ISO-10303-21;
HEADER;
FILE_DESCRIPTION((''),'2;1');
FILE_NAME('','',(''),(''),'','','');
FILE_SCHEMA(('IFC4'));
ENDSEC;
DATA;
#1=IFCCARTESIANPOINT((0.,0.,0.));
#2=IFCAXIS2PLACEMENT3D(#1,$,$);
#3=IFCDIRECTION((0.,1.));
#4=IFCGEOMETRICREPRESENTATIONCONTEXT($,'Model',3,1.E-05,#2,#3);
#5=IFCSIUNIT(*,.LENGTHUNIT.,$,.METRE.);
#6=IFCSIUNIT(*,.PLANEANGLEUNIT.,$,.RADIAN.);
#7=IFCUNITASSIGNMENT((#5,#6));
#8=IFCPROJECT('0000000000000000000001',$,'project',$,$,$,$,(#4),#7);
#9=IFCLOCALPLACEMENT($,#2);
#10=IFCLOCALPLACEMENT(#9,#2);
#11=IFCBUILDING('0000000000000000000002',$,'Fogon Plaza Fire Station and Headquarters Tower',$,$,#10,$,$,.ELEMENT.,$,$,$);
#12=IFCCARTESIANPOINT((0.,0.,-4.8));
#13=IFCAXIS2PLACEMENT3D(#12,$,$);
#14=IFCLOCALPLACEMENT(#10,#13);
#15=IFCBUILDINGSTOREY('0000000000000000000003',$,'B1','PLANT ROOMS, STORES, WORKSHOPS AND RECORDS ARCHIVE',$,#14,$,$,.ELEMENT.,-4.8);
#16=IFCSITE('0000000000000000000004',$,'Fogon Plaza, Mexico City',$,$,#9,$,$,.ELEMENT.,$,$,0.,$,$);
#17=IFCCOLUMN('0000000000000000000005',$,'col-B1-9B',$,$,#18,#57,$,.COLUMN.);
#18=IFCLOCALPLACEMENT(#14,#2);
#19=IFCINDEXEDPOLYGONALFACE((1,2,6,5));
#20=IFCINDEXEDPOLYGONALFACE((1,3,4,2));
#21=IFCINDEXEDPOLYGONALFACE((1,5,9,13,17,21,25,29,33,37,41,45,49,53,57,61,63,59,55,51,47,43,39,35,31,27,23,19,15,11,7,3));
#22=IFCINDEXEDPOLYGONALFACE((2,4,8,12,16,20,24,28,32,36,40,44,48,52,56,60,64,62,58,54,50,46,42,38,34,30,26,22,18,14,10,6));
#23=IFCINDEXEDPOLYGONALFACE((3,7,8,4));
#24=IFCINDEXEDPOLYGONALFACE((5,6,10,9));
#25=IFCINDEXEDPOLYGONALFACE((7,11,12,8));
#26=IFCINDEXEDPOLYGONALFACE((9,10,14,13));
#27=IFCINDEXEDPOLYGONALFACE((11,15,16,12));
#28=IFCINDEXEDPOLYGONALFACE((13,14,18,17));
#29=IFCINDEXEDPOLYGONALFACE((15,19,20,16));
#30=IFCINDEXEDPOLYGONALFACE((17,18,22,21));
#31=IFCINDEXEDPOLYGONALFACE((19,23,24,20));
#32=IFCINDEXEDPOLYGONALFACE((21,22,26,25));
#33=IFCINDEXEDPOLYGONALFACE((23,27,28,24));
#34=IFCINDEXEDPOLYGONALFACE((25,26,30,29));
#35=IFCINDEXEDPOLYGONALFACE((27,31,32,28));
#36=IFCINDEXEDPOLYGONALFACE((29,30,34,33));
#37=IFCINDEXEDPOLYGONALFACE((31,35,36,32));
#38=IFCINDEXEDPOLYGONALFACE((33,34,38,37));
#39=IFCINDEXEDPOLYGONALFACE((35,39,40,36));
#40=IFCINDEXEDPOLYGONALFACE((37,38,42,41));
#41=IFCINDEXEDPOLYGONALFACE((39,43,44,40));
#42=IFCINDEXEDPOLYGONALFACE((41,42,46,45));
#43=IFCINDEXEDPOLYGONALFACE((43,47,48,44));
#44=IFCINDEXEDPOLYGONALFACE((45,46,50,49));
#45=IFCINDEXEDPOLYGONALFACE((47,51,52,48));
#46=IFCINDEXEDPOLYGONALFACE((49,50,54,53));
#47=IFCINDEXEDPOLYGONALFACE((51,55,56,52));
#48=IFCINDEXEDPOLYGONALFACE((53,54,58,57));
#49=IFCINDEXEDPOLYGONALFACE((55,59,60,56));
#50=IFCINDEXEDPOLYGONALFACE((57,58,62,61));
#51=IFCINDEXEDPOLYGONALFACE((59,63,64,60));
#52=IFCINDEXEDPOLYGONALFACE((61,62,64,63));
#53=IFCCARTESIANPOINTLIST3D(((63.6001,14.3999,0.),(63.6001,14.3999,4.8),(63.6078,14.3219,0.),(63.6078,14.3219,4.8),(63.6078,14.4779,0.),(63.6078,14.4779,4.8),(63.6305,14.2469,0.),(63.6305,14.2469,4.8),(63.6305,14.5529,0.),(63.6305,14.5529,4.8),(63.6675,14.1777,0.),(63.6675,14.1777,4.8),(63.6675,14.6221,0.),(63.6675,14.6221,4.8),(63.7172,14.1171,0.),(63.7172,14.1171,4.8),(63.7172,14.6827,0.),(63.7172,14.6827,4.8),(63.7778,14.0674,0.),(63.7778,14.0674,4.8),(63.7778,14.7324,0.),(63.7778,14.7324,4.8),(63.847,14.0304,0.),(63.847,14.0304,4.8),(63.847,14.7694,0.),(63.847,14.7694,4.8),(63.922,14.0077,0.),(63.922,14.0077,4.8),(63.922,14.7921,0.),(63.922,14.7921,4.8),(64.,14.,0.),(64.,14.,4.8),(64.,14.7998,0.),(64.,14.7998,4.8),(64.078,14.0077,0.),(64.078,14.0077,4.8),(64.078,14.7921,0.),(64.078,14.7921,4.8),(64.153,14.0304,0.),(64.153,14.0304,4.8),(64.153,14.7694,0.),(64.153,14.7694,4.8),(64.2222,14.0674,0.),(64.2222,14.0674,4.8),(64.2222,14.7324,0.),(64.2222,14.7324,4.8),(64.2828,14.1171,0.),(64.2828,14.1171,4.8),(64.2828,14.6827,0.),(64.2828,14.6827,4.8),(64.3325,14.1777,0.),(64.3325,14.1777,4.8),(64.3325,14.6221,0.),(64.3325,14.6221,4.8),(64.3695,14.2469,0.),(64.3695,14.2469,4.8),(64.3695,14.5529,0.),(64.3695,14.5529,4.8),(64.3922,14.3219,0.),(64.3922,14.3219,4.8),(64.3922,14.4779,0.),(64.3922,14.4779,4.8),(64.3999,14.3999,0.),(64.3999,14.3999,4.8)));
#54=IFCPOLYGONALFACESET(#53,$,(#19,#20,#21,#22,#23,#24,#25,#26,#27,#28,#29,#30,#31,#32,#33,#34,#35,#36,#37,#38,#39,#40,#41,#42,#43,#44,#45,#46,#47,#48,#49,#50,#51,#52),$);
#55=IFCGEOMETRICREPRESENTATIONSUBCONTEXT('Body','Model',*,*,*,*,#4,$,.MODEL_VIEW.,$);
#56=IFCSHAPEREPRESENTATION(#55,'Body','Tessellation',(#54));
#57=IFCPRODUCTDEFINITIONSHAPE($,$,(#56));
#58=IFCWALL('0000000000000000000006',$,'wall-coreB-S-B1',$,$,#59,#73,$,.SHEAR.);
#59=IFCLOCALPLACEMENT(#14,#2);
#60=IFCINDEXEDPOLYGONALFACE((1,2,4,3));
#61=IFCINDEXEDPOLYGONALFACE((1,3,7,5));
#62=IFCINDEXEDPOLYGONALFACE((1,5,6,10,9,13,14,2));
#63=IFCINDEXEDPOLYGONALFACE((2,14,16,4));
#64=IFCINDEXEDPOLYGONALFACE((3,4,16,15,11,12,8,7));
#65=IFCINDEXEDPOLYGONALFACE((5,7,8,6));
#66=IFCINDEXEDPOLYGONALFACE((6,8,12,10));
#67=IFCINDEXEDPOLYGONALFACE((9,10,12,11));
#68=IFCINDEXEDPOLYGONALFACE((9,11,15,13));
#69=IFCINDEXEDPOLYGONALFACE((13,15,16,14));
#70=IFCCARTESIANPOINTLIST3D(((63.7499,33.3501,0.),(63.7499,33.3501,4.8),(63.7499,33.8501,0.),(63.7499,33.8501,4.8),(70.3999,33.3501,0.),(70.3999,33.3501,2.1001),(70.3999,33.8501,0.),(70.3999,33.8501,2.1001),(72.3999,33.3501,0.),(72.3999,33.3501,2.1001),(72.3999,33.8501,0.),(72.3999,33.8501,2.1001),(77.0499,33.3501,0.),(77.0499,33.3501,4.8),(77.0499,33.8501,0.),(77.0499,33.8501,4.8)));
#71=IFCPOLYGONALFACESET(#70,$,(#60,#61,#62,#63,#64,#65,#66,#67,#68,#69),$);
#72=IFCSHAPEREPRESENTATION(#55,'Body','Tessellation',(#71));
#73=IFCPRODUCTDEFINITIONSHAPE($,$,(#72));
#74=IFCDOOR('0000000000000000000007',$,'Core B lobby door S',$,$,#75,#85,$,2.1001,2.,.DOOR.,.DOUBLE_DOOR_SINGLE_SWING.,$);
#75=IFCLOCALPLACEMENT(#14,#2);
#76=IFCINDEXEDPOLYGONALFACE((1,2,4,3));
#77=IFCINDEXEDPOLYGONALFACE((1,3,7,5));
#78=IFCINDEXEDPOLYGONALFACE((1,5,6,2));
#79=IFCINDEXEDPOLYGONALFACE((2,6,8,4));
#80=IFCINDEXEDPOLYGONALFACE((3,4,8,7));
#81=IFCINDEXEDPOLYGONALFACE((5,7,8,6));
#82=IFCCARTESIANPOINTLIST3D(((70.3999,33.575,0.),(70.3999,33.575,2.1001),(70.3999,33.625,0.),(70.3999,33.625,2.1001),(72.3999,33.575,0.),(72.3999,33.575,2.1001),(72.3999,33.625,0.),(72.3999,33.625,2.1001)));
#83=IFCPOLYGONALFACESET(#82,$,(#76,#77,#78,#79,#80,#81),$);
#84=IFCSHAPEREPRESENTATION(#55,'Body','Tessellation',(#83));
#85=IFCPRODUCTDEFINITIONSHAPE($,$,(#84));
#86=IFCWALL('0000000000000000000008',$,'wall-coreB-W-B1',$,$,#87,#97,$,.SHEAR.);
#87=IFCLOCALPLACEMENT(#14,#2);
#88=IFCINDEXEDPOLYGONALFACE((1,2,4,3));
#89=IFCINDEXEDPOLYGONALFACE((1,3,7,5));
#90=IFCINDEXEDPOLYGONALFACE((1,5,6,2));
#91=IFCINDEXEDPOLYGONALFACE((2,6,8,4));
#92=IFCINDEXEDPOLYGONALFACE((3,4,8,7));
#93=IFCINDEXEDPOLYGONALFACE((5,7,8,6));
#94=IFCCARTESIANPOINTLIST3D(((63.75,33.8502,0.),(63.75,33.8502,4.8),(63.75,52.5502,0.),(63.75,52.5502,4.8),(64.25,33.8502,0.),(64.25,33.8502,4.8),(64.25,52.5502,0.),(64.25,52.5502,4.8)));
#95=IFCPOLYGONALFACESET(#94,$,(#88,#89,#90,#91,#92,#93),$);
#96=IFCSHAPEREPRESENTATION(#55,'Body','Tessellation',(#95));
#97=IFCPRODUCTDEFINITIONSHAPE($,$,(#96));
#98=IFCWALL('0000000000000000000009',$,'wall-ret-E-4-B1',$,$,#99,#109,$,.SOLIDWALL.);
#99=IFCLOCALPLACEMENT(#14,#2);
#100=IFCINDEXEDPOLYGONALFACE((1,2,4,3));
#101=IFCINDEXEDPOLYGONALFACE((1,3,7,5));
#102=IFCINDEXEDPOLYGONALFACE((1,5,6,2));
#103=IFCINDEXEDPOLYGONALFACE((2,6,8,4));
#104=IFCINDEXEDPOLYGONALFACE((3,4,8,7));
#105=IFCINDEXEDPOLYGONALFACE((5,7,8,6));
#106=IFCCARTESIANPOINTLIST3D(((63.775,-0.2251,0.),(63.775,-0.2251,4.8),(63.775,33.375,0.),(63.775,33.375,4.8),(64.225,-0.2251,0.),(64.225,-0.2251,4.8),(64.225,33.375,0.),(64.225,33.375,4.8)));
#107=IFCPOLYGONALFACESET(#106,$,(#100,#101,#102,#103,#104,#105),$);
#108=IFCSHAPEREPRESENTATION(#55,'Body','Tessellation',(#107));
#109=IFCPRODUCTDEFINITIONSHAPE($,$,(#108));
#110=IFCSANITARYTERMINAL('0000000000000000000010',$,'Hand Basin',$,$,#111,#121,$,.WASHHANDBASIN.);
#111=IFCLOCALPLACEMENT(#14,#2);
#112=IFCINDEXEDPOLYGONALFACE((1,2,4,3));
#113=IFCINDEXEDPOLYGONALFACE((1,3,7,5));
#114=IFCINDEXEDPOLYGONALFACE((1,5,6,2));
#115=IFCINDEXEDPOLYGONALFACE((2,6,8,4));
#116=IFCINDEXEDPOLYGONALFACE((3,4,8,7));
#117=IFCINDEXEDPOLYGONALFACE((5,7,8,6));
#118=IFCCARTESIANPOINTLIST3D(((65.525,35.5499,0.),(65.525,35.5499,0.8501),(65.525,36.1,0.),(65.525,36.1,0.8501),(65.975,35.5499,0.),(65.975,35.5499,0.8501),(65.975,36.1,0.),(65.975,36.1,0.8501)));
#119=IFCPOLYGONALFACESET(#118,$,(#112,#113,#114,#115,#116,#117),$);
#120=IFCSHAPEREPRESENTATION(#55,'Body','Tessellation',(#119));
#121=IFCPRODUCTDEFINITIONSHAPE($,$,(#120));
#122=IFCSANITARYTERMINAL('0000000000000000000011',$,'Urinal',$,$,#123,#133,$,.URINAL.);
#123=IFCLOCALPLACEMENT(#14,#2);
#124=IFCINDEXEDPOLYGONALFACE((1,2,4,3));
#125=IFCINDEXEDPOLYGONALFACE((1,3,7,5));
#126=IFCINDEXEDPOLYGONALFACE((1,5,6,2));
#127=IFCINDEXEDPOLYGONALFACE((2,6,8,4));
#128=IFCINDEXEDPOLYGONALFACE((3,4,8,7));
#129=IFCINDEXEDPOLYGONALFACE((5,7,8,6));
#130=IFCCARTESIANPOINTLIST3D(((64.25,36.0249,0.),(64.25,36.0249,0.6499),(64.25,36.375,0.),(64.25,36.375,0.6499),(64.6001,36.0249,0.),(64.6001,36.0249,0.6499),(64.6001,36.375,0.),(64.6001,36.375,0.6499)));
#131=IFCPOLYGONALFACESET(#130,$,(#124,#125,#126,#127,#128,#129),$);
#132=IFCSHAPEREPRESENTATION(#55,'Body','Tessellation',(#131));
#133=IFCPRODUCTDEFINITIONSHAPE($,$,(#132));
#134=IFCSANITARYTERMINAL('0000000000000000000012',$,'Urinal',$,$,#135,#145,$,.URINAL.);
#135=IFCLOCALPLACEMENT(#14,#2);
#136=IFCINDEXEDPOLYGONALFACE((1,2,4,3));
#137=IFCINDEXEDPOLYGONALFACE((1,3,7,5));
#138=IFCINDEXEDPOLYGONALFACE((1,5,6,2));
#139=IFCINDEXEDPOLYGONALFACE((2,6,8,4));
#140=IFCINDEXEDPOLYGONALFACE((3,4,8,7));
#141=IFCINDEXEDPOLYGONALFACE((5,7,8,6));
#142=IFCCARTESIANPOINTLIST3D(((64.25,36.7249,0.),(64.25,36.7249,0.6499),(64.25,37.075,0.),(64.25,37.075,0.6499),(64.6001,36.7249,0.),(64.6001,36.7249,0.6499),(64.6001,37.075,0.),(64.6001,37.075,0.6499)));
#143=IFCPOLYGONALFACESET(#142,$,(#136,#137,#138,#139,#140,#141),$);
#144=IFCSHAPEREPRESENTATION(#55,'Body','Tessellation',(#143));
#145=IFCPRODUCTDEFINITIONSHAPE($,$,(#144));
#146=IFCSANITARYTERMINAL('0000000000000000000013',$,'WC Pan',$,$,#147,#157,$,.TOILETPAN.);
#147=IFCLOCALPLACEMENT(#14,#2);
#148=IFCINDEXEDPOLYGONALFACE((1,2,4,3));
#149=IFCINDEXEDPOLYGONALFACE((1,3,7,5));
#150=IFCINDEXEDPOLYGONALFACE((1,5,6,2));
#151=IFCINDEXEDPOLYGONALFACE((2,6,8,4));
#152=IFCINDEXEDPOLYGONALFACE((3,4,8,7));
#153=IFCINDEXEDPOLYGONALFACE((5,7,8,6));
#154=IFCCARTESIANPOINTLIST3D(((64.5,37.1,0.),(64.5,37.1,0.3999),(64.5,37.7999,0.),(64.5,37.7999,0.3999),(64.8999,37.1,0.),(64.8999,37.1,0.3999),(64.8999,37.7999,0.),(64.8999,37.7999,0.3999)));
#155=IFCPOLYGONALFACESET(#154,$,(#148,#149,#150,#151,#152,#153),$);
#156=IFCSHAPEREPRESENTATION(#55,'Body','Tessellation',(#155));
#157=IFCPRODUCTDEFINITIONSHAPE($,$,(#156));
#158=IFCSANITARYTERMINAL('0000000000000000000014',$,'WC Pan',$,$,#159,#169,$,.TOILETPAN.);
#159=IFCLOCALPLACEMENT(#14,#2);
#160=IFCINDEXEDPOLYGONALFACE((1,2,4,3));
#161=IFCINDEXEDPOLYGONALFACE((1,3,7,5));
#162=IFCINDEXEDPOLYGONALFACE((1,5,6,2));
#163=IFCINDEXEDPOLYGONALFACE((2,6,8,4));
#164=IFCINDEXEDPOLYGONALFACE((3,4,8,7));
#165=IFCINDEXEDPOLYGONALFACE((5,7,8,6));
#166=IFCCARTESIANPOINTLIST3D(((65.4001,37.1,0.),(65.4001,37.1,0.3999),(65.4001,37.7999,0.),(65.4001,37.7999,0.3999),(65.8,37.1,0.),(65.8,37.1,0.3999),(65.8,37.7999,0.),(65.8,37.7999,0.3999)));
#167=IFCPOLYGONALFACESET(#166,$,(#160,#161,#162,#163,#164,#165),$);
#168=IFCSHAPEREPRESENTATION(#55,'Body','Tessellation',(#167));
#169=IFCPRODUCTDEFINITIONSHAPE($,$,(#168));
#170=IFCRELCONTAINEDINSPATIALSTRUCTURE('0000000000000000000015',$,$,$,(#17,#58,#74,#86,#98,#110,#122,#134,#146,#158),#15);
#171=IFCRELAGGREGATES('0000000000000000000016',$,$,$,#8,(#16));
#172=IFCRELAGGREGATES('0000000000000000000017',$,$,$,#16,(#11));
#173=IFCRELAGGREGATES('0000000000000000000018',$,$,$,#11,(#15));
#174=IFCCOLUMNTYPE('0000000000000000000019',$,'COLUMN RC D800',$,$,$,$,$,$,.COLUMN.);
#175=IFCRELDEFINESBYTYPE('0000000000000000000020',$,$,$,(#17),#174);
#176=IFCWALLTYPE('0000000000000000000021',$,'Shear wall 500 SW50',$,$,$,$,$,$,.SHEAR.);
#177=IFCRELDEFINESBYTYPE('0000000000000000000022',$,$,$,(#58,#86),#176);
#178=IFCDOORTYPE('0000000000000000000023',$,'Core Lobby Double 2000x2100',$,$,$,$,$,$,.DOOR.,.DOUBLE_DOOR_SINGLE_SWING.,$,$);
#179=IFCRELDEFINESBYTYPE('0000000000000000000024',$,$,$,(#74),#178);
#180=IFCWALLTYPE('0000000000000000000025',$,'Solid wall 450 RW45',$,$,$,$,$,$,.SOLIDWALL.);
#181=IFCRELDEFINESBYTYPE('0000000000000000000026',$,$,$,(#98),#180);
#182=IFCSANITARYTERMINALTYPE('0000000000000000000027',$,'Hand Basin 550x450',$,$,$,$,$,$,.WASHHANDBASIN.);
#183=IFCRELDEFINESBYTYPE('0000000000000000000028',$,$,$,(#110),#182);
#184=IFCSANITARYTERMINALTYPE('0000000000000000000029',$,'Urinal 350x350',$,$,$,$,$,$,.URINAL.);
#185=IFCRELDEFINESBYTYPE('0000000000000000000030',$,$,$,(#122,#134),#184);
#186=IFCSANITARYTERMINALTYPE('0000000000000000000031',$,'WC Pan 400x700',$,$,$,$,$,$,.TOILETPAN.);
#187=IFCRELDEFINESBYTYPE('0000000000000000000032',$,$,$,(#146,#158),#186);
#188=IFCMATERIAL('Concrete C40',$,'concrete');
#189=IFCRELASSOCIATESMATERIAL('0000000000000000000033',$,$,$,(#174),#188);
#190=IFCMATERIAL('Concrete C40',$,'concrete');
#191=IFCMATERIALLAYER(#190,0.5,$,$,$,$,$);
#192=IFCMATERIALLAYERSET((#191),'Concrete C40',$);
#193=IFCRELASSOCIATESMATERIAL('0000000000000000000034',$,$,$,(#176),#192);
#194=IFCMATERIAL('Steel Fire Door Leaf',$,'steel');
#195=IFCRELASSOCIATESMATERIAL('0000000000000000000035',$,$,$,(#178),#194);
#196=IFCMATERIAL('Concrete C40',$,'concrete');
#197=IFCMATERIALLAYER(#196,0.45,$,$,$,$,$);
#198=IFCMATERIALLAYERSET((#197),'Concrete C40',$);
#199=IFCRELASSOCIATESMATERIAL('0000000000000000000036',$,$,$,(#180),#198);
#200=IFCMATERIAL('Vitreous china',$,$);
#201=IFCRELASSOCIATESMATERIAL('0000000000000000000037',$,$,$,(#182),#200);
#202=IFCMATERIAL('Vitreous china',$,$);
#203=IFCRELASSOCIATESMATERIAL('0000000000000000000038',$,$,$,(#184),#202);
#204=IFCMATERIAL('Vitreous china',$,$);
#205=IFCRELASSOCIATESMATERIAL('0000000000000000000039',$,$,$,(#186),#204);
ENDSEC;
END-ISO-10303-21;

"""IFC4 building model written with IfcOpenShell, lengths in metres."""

from ifc_helpers import new_model, si_unit, direction, frame, frame_2d, origin, origin_2d, place, context, subcontext, project, spatial, rectangle, circle, extrude, material, layer, layer_set, material_profile, profile_set, type_object, element, fill, save


model = new_model("IFC4")

# Units and contexts
model_context = context("Model", 3, precision=1e-05, world=origin(), true_north=direction((0.0, 1.0)))
body_context = subcontext(model_context, "Body", "Model", "MODEL_VIEW")
ifc_project = project(units=[si_unit("LENGTHUNIT", "METRE"), si_unit("PLANEANGLEUNIT", "RADIAN")], contexts=[model_context])

# Site, building, storey
site_placement = place(None, origin())
site = spatial("IfcSite", under=ifc_project, at=site_placement, Name="Fogon Plaza, Mexico City", CompositionType="ELEMENT", RefElevation=0.0)
building_placement = place(site_placement, origin())
building = spatial("IfcBuilding", under=site, at=building_placement, Name="Fogon Plaza Fire Station and Headquarters Tower", CompositionType="ELEMENT")
storey_placement = place(building_placement, frame((0.0, 0.0, -4.8)))
storey = spatial("IfcBuildingStorey", under=building, at=storey_placement, Name="B1", Description="PLANT ROOMS, STORES, WORKSHOPS AND RECORDS ARCHIVE", CompositionType="ELEMENT", Elevation=-4.8)

# Column
ifc_material_1 = material(Name="Concrete C40", Category="concrete")
ifc_material_profile_1 = material_profile(ifc_material_1, circle(Radius=0.3999, at=origin_2d()), Name="RC D800")
ifc_profile_set_1 = profile_set([ifc_material_profile_1], Name="Concrete C40")
column_type = type_object("IfcColumnType", Name="COLUMN RC D800", PredefinedType="COLUMN", material=ifc_profile_set_1)
for number, where, z_axis, x_axis, name in (
    (1, (64.0, 14.3999, 0.0), (0.0, 0.0, 1.0), (1.0, 0.0, 0.0), "col-B1-9B"),
):
    element("IfcColumn", number, at=place(storey_placement, frame(where, z_axis=z_axis, x_axis=x_axis)), inside=storey, type_object=column_type, Name=name, PredefinedType="COLUMN", context=body_context, shape_type="SweptSolid", body=[
        extrude(circle(Radius=0.3999, at=origin_2d()), origin(), (0.0, 0.0, 1.0), 4.8),
    ])

# Wall, opening, door
ifc_material_2 = material(Name="Concrete C40", Category="concrete")
ifc_layer_1 = layer(ifc_material_2, 0.5)
ifc_layer_set_1 = layer_set([ifc_layer_1], Name="Concrete C40")
wall_type_1 = type_object("IfcWallType", Name="Shear wall 500 SW50", PredefinedType="SHEAR", material=ifc_layer_set_1)
wall_1_placement = place(storey_placement, frame((63.75, 33.6001, 0.0), z_axis=(0.0, 0.0, 1.0), x_axis=(1.0, 0.0, 0.0)))
wall_1 = element("IfcWall", 2, at=wall_1_placement, inside=storey, type_object=wall_type_1, Name="wall-coreB-S-B1", PredefinedType="SHEAR", context=body_context, shape_type="SweptSolid", body=[
    extrude(rectangle(XDim=13.3, YDim=0.5, at=frame_2d((6.6499, 0.0))), origin(), (0.0, 0.0, 1.0), 4.8),
])
opening_placement = place(wall_1_placement, frame((6.6499, 0.0, 0.0)))
opening = element("IfcOpeningElement", 3, at=opening_placement, cuts=wall_1, PredefinedType="OPENING", context=body_context, shape_type="SweptSolid", body=[
    extrude(rectangle(XDim=2.0, YDim=2.1001, at=frame_2d((1.0, 1.05))), frame((0.0, 0.26, 0.0), z_axis=(0.0, -1.0, 0.0), x_axis=(1.0, 0.0, 0.0)), (0.0, 0.0, 1.0), 0.52),
])
ifc_material_3 = material(Name="Steel Fire Door Leaf", Category="steel")
door_type = type_object("IfcDoorType", Name="Core Lobby Double 2000x2100", OperationType="DOUBLE_DOOR_SINGLE_SWING", PredefinedType="DOOR", material=ifc_material_3)
door_placement = place(opening_placement, origin())
door = element("IfcDoor", 4, at=door_placement, inside=storey, type_object=door_type, Name="Core B lobby door S", OperationType="DOUBLE_DOOR_SINGLE_SWING", OverallHeight=2.1001, OverallWidth=2.0, PredefinedType="DOOR", context=body_context, shape_type="SweptSolid", body=[
    extrude(rectangle(XDim=2.0, YDim=2.1001, at=frame_2d((1.0, 1.05))), frame((0.0, 0.0249, 0.0), z_axis=(0.0, -1.0, 0.0), x_axis=(1.0, 0.0, 0.0)), (0.0, 0.0, 1.0), 0.05),
])
fill(opening, door)

# Walls
wall_2_placement = place(storey_placement, frame((64.0, 33.8501, 0.0), z_axis=(0.0, 0.0, 1.0), x_axis=(0.0, 1.0, 0.0)))
element("IfcWall", 5, at=wall_2_placement, inside=storey, type_object=wall_type_1, Name="wall-coreB-W-B1", PredefinedType="SHEAR", context=body_context, shape_type="SweptSolid", body=[
    extrude(rectangle(XDim=18.7, YDim=0.5, at=frame_2d((9.3501, 0.0))), origin(), (0.0, 0.0, 1.0), 4.8),
])
ifc_material_4 = material(Name="Concrete C40", Category="concrete")
ifc_layer_2 = layer(ifc_material_4, 0.45)
ifc_layer_set_2 = layer_set([ifc_layer_2], Name="Concrete C40")
wall_type_2 = type_object("IfcWallType", Name="Solid wall 450 RW45", PredefinedType="SOLIDWALL", material=ifc_layer_set_2)
wall_3_placement = place(storey_placement, frame((64.0, -0.2251, 0.0), z_axis=(0.0, 0.0, 1.0), x_axis=(0.0, 1.0, 0.0)))
element("IfcWall", 6, at=wall_3_placement, inside=storey, type_object=wall_type_2, Name="wall-ret-E-4-B1", PredefinedType="SOLIDWALL", context=body_context, shape_type="SweptSolid", body=[
    extrude(rectangle(XDim=33.6001, YDim=0.45, at=frame_2d((16.8, 0.0))), origin(), (0.0, 0.0, 1.0), 4.8),
])

# Sanitary terminals
ifc_material_5 = material(Name="Vitreous china")
sanitary_terminal_type_1 = type_object("IfcSanitaryTerminalType", Name="Hand Basin 550x450", PredefinedType="WASHHANDBASIN", material=ifc_material_5)
sanitary_terminal_placement = place(storey_placement, frame((65.75, 35.825, 0.0), z_axis=(0.0, 0.0, 1.0), x_axis=(1.0, 0.0, 0.0)))
element("IfcSanitaryTerminal", 7, at=sanitary_terminal_placement, inside=storey, type_object=sanitary_terminal_type_1, Name="Hand Basin", PredefinedType="WASHHANDBASIN", context=body_context, shape_type="SweptSolid", body=[
    extrude(rectangle(XDim=0.45, YDim=0.55, at=origin_2d()), origin(), (0.0, 0.0, 1.0), 0.8501),
])
ifc_material_6 = material(Name="Vitreous china")
sanitary_terminal_type_2 = type_object("IfcSanitaryTerminalType", Name="Urinal 350x350", PredefinedType="URINAL", material=ifc_material_6)
for number, where, z_axis, x_axis, name in (
    (8, (64.425, 36.2, 0.0), (0.0, 0.0, 1.0), (1.0, 0.0, 0.0), "Urinal"),
    (9, (64.425, 36.8999, 0.0), (0.0, 0.0, 1.0), (1.0, 0.0, 0.0), "Urinal"),
):
    element("IfcSanitaryTerminal", number, at=place(storey_placement, frame(where, z_axis=z_axis, x_axis=x_axis)), inside=storey, type_object=sanitary_terminal_type_2, Name=name, PredefinedType="URINAL", context=body_context, shape_type="SweptSolid", body=[
        extrude(rectangle(XDim=0.3501, YDim=0.3501, at=origin_2d()), origin(), (0.0, 0.0, 1.0), 0.6499),
    ])
ifc_material_7 = material(Name="Vitreous china")
sanitary_terminal_type_3 = type_object("IfcSanitaryTerminalType", Name="WC Pan 400x700", PredefinedType="TOILETPAN", material=ifc_material_7)
for number, where, z_axis, x_axis, name in (
    (10, (64.7, 37.45, 0.0), (0.0, 0.0, 1.0), (1.0, 0.0, 0.0), "WC Pan"),
    (11, (65.6001, 37.45, 0.0), (0.0, 0.0, 1.0), (1.0, 0.0, 0.0), "WC Pan"),
):
    element("IfcSanitaryTerminal", number, at=place(storey_placement, frame(where, z_axis=z_axis, x_axis=x_axis)), inside=storey, type_object=sanitary_terminal_type_3, Name=name, PredefinedType="TOILETPAN", context=body_context, shape_type="SweptSolid", body=[
        extrude(rectangle(XDim=0.3999, YDim=0.7, at=origin_2d()), origin(), (0.0, 0.0, 1.0), 0.3999),
    ])

save(model, "model.ifc")
